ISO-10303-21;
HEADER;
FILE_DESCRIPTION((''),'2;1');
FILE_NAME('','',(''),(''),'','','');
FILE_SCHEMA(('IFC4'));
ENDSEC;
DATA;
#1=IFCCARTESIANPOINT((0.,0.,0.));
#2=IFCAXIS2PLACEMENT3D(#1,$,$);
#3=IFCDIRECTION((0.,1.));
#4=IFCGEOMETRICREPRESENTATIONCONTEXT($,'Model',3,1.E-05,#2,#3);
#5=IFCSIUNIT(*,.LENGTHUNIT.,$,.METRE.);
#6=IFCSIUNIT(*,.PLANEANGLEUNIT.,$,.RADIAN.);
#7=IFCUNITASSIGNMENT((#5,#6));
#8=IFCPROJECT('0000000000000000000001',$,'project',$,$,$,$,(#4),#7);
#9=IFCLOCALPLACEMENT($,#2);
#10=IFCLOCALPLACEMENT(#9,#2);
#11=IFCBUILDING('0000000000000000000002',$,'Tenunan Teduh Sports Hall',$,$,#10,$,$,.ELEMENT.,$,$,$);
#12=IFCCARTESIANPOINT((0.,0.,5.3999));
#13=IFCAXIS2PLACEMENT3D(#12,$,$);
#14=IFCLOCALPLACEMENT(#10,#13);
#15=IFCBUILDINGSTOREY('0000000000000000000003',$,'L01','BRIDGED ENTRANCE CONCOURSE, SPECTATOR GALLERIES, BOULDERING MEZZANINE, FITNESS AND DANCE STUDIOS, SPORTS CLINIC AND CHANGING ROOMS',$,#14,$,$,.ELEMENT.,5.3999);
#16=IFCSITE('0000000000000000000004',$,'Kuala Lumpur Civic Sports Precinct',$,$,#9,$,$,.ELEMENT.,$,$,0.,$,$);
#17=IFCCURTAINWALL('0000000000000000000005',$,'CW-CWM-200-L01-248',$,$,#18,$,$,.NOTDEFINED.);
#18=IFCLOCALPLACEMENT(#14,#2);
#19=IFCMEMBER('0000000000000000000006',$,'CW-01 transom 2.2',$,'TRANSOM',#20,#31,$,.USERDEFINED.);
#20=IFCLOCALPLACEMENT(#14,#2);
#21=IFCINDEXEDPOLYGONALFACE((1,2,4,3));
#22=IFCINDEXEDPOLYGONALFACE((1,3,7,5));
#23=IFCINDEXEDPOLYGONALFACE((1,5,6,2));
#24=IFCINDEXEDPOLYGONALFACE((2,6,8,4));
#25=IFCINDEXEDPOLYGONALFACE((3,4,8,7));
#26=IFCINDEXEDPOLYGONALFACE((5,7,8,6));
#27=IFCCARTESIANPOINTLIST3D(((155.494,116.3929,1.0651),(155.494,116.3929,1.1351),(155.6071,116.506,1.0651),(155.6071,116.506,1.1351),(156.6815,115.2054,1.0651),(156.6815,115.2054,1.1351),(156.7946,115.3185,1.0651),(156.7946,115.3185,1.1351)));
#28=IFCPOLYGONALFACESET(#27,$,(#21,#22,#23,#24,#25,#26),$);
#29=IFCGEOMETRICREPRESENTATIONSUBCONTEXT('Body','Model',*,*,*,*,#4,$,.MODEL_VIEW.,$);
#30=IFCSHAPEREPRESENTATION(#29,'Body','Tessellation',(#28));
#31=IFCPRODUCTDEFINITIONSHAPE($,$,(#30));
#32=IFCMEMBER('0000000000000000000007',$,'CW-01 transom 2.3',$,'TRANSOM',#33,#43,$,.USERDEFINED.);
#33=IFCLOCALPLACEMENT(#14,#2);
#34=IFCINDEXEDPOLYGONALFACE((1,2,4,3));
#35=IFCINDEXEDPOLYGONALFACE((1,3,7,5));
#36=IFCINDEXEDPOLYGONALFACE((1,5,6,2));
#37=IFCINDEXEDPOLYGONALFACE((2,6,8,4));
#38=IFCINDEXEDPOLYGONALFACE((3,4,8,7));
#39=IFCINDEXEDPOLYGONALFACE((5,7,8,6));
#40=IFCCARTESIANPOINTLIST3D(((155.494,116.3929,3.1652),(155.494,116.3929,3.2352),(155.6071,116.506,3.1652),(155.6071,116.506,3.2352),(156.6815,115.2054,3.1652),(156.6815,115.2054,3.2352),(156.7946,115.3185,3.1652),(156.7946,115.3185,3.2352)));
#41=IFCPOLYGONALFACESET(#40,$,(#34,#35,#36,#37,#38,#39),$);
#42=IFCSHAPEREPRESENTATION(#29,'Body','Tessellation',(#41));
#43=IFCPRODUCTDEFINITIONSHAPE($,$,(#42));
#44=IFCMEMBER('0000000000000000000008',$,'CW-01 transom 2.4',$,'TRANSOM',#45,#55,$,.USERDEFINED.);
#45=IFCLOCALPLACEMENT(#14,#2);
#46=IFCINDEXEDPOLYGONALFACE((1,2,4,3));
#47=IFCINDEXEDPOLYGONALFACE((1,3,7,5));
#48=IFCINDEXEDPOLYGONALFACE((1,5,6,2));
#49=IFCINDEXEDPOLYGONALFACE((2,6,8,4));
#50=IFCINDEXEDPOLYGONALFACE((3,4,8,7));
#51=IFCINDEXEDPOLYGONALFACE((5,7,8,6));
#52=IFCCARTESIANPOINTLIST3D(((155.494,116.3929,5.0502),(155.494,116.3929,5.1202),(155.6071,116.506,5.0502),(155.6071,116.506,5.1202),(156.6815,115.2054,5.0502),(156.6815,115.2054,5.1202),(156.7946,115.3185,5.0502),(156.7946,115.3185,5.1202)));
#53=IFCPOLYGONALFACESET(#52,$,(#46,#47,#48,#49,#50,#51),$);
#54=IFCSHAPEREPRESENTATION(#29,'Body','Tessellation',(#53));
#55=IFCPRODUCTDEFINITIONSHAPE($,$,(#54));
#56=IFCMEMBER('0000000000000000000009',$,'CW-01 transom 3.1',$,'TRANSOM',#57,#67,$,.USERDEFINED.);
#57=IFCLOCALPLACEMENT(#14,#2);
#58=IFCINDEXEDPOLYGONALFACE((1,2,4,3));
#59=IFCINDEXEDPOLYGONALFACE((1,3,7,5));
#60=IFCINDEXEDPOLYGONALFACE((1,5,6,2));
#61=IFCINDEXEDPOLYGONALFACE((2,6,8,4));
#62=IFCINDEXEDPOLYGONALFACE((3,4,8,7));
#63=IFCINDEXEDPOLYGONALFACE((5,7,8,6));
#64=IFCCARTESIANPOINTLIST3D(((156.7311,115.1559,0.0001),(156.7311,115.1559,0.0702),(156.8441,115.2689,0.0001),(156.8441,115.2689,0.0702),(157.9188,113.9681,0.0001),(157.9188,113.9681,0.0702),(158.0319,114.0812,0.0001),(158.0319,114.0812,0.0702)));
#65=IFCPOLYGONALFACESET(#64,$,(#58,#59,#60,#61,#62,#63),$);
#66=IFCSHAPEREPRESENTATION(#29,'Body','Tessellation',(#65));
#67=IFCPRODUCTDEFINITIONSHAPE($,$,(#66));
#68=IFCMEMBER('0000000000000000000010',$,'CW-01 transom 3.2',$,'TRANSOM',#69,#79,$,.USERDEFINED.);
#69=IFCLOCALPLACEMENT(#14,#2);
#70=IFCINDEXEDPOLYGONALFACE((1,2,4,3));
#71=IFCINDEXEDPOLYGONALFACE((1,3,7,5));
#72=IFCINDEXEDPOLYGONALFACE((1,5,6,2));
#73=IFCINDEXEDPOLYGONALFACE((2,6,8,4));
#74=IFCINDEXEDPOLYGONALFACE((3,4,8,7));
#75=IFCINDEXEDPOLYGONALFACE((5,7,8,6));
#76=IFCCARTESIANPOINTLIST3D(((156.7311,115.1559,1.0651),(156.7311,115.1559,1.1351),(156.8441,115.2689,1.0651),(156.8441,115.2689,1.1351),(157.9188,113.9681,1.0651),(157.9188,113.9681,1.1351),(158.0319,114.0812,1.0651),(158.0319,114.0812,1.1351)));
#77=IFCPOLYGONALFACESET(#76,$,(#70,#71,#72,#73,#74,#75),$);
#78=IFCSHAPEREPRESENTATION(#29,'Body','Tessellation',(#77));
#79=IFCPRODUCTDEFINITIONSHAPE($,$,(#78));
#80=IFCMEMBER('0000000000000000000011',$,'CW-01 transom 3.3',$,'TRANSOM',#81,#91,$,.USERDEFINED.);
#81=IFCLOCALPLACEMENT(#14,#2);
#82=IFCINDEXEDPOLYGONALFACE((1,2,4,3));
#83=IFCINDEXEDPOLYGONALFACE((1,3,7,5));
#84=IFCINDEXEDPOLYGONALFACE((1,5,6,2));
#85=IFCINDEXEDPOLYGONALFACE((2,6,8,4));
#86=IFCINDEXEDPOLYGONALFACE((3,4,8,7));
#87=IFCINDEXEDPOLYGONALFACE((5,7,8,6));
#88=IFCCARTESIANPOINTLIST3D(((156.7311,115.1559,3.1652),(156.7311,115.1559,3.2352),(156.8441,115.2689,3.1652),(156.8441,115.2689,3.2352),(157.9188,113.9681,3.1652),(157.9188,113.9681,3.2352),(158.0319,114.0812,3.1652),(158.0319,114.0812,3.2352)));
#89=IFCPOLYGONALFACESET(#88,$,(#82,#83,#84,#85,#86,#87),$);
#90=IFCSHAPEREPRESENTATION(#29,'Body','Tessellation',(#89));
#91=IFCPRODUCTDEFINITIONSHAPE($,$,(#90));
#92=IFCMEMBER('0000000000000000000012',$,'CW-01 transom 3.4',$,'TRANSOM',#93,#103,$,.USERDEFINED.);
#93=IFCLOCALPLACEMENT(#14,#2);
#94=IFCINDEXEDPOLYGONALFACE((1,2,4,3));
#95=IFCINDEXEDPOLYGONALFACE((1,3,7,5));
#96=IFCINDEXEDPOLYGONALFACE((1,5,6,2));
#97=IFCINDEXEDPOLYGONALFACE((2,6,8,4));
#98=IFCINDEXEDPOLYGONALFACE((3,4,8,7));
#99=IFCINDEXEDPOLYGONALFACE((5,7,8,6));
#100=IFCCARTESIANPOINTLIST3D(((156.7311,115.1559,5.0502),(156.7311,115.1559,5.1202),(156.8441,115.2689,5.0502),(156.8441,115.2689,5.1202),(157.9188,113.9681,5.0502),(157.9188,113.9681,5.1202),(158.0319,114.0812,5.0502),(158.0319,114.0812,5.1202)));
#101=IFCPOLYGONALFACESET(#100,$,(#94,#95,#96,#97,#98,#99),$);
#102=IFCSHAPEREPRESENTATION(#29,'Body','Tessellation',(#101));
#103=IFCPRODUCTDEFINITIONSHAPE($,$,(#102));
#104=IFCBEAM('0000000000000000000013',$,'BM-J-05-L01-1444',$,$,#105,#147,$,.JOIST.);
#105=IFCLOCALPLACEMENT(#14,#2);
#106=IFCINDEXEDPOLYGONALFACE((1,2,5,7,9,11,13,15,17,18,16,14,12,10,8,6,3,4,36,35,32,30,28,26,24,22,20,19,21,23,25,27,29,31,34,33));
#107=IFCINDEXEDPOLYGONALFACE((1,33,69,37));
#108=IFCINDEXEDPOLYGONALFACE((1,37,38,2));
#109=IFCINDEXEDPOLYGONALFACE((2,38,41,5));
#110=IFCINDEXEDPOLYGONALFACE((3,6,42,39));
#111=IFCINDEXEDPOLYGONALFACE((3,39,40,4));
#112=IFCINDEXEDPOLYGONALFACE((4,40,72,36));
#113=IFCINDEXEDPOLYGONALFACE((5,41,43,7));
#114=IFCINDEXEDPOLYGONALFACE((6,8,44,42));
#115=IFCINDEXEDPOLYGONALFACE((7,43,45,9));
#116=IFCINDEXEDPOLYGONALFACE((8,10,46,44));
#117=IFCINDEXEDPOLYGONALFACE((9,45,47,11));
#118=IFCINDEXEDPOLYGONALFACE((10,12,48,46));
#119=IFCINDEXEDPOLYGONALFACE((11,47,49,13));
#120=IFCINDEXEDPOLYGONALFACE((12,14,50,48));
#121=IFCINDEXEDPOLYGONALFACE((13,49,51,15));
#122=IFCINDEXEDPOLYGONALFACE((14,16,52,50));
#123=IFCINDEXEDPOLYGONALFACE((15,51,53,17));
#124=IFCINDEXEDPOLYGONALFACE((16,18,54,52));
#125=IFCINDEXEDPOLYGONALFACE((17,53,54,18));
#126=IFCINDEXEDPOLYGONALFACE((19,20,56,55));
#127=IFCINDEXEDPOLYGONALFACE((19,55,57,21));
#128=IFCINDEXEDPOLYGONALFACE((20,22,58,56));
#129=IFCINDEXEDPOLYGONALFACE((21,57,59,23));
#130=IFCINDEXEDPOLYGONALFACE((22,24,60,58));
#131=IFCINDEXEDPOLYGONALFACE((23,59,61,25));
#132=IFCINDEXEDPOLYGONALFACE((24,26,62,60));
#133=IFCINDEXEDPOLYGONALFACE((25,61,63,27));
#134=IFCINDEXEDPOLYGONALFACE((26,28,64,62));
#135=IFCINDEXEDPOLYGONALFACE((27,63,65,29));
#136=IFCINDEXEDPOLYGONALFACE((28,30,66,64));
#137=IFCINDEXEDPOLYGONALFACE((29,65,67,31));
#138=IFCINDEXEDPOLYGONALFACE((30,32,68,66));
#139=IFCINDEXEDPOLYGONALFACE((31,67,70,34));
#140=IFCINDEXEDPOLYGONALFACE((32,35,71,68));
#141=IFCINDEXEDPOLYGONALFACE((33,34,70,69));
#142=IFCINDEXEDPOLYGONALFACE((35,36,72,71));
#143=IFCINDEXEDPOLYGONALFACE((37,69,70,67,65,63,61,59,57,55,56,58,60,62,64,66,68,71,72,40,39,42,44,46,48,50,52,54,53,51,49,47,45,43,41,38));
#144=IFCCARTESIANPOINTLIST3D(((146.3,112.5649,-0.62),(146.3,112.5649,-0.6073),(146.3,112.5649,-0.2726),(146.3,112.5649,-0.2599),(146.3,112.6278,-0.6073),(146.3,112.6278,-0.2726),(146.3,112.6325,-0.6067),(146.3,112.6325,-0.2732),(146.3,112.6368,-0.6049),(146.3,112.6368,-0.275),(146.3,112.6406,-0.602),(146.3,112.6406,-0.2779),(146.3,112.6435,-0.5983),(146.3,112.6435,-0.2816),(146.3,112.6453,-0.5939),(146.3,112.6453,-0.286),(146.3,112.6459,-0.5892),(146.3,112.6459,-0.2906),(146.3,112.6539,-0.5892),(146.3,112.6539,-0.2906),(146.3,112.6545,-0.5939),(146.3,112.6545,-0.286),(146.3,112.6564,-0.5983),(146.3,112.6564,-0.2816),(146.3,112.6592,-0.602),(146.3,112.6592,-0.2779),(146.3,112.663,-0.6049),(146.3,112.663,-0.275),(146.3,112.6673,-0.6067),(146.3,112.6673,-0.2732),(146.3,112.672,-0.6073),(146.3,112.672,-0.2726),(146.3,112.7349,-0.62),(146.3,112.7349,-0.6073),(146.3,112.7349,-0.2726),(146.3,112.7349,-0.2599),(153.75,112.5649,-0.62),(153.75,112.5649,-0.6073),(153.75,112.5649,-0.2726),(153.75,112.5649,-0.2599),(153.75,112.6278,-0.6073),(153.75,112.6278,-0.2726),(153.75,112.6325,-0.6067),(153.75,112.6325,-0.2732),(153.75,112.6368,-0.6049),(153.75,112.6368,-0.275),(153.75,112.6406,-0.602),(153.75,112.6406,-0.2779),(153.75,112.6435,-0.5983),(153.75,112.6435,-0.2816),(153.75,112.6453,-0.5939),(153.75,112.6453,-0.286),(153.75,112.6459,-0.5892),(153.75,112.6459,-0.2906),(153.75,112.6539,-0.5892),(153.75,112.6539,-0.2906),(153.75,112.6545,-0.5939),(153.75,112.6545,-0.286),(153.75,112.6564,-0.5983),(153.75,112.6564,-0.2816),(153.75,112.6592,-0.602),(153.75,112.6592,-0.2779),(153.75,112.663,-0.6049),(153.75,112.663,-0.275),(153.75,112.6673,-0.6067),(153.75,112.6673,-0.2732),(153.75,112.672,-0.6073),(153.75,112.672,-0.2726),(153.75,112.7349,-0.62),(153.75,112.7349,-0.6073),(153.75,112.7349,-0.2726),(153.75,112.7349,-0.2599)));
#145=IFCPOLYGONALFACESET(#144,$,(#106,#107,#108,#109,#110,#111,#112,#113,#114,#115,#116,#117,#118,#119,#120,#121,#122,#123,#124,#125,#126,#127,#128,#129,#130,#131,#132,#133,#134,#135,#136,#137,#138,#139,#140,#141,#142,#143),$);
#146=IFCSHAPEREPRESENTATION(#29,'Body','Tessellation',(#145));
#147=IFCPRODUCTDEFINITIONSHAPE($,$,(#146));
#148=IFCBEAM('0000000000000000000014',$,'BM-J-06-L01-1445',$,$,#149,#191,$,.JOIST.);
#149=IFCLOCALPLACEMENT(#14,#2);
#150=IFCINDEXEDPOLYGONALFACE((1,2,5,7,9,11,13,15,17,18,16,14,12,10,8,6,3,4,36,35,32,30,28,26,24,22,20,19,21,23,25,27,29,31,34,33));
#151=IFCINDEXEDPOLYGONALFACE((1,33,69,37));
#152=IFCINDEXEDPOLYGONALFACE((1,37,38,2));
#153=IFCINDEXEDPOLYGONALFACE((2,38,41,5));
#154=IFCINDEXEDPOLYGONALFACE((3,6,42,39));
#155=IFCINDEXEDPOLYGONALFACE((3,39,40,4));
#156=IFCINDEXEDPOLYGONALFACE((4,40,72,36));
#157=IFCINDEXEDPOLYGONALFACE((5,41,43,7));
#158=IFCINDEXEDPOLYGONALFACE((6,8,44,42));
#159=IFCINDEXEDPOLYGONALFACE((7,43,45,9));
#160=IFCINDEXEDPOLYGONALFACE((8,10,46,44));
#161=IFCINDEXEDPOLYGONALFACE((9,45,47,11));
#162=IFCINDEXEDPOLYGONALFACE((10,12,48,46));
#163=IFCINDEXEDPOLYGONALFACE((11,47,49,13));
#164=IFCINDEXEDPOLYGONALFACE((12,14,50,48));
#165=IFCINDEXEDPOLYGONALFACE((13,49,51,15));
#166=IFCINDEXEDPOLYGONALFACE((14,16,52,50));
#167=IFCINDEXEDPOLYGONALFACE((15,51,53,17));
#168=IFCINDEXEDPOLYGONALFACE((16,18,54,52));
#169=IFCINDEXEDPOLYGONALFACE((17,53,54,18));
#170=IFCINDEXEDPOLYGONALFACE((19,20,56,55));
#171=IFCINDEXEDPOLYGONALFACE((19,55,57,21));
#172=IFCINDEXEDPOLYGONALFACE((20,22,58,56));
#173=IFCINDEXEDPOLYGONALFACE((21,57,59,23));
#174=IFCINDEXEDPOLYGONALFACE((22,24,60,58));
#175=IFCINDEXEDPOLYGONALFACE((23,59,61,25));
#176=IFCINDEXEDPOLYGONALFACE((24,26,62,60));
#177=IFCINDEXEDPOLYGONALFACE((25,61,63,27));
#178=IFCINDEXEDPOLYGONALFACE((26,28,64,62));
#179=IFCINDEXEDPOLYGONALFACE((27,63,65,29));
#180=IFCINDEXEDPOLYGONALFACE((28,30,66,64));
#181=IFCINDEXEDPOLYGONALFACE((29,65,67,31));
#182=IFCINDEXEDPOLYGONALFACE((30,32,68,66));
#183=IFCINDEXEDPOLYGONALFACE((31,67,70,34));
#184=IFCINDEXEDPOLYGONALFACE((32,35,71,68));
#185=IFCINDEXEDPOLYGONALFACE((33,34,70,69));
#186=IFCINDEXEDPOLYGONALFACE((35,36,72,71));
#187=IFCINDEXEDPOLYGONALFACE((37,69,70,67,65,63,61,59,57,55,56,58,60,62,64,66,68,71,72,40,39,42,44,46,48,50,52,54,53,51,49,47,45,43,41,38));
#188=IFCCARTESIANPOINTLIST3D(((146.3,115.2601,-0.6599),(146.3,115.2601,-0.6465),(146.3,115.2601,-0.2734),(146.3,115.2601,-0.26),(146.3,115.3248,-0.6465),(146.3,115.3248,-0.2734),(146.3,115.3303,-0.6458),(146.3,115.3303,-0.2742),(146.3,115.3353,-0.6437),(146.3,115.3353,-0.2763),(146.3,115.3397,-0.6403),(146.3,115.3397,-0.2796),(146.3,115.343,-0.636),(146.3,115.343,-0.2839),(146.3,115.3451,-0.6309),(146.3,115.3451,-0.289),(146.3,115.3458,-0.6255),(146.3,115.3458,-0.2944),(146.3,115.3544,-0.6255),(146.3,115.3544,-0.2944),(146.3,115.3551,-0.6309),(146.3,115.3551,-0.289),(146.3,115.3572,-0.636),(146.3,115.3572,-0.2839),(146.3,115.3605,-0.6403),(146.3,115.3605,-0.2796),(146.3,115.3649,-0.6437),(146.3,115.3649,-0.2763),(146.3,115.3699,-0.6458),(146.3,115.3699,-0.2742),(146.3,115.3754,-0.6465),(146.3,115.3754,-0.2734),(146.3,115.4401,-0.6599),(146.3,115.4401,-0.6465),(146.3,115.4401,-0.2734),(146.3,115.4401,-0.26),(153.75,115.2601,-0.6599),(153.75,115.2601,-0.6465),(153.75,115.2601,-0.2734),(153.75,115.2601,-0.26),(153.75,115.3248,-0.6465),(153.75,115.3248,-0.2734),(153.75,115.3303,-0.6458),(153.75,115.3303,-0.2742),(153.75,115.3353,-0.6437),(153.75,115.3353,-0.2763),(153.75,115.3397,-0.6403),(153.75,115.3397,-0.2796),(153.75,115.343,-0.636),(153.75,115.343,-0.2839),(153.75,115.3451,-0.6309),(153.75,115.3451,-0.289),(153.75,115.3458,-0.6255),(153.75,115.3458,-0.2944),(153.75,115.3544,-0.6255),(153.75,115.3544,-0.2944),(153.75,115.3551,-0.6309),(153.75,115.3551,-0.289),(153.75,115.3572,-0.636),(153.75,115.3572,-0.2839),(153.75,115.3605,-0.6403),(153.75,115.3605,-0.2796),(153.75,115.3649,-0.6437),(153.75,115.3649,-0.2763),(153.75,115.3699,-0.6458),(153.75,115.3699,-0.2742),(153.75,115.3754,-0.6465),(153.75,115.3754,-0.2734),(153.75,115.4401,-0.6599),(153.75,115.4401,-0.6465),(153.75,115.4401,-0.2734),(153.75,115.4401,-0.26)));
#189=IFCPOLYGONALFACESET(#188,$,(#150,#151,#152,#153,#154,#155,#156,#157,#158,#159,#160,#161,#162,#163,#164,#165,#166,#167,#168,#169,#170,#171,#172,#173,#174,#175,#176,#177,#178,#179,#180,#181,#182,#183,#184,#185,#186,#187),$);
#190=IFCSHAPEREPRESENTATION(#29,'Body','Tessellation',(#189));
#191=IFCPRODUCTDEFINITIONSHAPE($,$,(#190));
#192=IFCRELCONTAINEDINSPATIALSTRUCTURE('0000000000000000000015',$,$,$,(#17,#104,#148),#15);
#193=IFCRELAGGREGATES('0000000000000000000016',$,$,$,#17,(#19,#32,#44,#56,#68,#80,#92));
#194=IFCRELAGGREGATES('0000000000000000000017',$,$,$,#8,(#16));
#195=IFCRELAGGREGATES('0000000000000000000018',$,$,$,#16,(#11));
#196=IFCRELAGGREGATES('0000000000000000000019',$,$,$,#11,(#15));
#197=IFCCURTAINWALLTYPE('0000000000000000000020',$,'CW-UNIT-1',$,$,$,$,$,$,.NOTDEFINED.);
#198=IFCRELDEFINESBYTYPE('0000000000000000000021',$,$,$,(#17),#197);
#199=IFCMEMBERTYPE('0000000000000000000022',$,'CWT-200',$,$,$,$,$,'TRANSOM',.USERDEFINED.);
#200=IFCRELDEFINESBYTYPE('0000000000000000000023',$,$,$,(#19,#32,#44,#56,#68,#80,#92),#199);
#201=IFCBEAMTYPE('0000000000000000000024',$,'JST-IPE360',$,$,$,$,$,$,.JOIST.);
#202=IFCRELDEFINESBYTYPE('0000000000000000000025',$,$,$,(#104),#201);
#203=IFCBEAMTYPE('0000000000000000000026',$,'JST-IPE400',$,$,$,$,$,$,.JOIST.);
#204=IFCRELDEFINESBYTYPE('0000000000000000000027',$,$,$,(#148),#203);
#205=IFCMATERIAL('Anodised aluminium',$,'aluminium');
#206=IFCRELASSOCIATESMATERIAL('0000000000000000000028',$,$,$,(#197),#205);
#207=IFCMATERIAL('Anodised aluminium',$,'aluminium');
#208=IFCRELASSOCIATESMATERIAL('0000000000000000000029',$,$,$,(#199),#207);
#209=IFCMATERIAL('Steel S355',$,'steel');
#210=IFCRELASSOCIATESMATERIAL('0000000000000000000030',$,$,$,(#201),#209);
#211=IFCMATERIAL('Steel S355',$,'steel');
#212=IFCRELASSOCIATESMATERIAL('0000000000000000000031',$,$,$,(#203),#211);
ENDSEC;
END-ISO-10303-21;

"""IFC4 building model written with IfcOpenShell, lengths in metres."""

from ifc_helpers import new_model, si_unit, direction, frame, origin, origin_2d, place, context, subcontext, project, spatial, rectangle, i_section, extrude, material, material_profile, profile_set, type_object, element, aggregate, save


model = new_model("IFC4")

# Units and contexts
model_context = context("Model", 3, precision=1e-05, world=origin(), true_north=direction((0.0, 1.0)))
body_context = subcontext(model_context, "Body", "Model", "MODEL_VIEW")
ifc_project = project(units=[si_unit("LENGTHUNIT", "METRE"), si_unit("PLANEANGLEUNIT", "RADIAN")], contexts=[model_context])

# Site, building, storey
site_placement = place(None, origin())
site = spatial("IfcSite", under=ifc_project, at=site_placement, Name="Kuala Lumpur Civic Sports Precinct", CompositionType="ELEMENT", RefElevation=0.0)
building_placement = place(site_placement, origin())
building = spatial("IfcBuilding", under=site, at=building_placement, Name="Tenunan Teduh Sports Hall", CompositionType="ELEMENT")
storey_placement = place(building_placement, frame((0.0, 0.0, 5.3999)))
storey = spatial("IfcBuildingStorey", under=building, at=storey_placement, Name="L01", Description="BRIDGED ENTRANCE CONCOURSE, SPECTATOR GALLERIES, BOULDERING MEZZANINE, FITNESS AND DANCE STUDIOS, SPORTS CLINIC AND CHANGING ROOMS", CompositionType="ELEMENT", Elevation=5.3999)

# Curtain wall, members
ifc_material_1 = material(Name="Anodised aluminium", Category="aluminium")
curtain_wall_type = type_object("IfcCurtainWallType", Name="CW-UNIT-1", PredefinedType="NOTDEFINED", material=ifc_material_1)
curtain_wall_placement = place(storey_placement, origin())
curtain_wall = element("IfcCurtainWall", 1, at=curtain_wall_placement, inside=storey, type_object=curtain_wall_type, Name="CW-CWM-200-L01-248", PredefinedType="NOTDEFINED")
ifc_material_2 = material(Name="Anodised aluminium", Category="aluminium")
ifc_material_profile_1 = material_profile(ifc_material_2, rectangle(XDim=0.0701, YDim=0.1599, at=origin_2d()), Name="CWT 70x160")
ifc_profile_set_1 = profile_set([ifc_material_profile_1], Name="Anodised aluminium")
member_type_1 = type_object("IfcMemberType", Name="CWT-200", ElementType="TRANSOM", PredefinedType="USERDEFINED", material=ifc_profile_set_1)
member_1_placement = place(storey_placement, frame((155.5505, 116.4495, 1.1001), z_axis=(0.707107, -0.707107, 0.0), x_axis=(0.0, 0.0, 1.0)))
member_1 = element("IfcMember", 2, at=member_1_placement, type_object=member_type_1, Name="CW-01 transom 2.2", ObjectType="TRANSOM", PredefinedType="USERDEFINED", context=body_context, shape_type="SweptSolid", body=[
    extrude(rectangle(XDim=0.0701, YDim=0.1599, at=origin_2d()), origin(), (0.0, 0.0, 1.0), 1.6794),
])
member_2_placement = place(storey_placement, frame((155.5505, 116.4495, 3.2002), z_axis=(0.707107, -0.707107, 0.0), x_axis=(0.0, 0.0, 1.0)))
member_2 = element("IfcMember", 3, at=member_2_placement, type_object=member_type_1, Name="CW-01 transom 2.3", ObjectType="TRANSOM", PredefinedType="USERDEFINED", context=body_context, shape_type="SweptSolid", body=[
    extrude(rectangle(XDim=0.0701, YDim=0.1599, at=origin_2d()), origin(), (0.0, 0.0, 1.0), 1.6794),
])
member_3_placement = place(storey_placement, frame((155.5505, 116.4495, 5.0852), z_axis=(0.707107, -0.707107, 0.0), x_axis=(0.0, 0.0, 1.0)))
member_3 = element("IfcMember", 4, at=member_3_placement, type_object=member_type_1, Name="CW-01 transom 2.4", ObjectType="TRANSOM", PredefinedType="USERDEFINED", context=body_context, shape_type="SweptSolid", body=[
    extrude(rectangle(XDim=0.0701, YDim=0.1599, at=origin_2d()), origin(), (0.0, 0.0, 1.0), 1.6794),
])
member_4_placement = place(storey_placement, frame((156.7876, 115.2124, 0.0352), z_axis=(0.707107, -0.707107, 0.0), x_axis=(0.0, 0.0, 1.0)))
member_4 = element("IfcMember", 5, at=member_4_placement, type_object=member_type_1, Name="CW-01 transom 3.1", ObjectType="TRANSOM", PredefinedType="USERDEFINED", context=body_context, shape_type="SweptSolid", body=[
    extrude(rectangle(XDim=0.0701, YDim=0.1599, at=origin_2d()), origin(), (0.0, 0.0, 1.0), 1.6797),
])
member_5_placement = place(storey_placement, frame((156.7876, 115.2124, 1.1001), z_axis=(0.707107, -0.707107, 0.0), x_axis=(0.0, 0.0, 1.0)))
member_5 = element("IfcMember", 6, at=member_5_placement, type_object=member_type_1, Name="CW-01 transom 3.2", ObjectType="TRANSOM", PredefinedType="USERDEFINED", context=body_context, shape_type="SweptSolid", body=[
    extrude(rectangle(XDim=0.0701, YDim=0.1599, at=origin_2d()), origin(), (0.0, 0.0, 1.0), 1.6797),
])
member_6_placement = place(storey_placement, frame((156.7876, 115.2124, 3.2002), z_axis=(0.707107, -0.707107, 0.0), x_axis=(0.0, 0.0, 1.0)))
member_6 = element("IfcMember", 7, at=member_6_placement, type_object=member_type_1, Name="CW-01 transom 3.3", ObjectType="TRANSOM", PredefinedType="USERDEFINED", context=body_context, shape_type="SweptSolid", body=[
    extrude(rectangle(XDim=0.0701, YDim=0.1599, at=origin_2d()), origin(), (0.0, 0.0, 1.0), 1.6797),
])
member_7_placement = place(storey_placement, frame((156.7876, 115.2124, 5.0852), z_axis=(0.707107, -0.707107, 0.0), x_axis=(0.0, 0.0, 1.0)))
member_7 = element("IfcMember", 8, at=member_7_placement, type_object=member_type_1, Name="CW-01 transom 3.4", ObjectType="TRANSOM", PredefinedType="USERDEFINED", context=body_context, shape_type="SweptSolid", body=[
    extrude(rectangle(XDim=0.0701, YDim=0.1599, at=origin_2d()), origin(), (0.0, 0.0, 1.0), 1.6797),
])

# Beams
ifc_material_3 = material(Name="Steel S355", Category="steel")
ifc_material_profile_2 = material_profile(ifc_material_3, i_section(OverallWidth=0.1699, OverallDepth=0.3601, WebThickness=0.0081, FlangeThickness=0.0127, FilletRadius=0.0181, at=origin_2d()), Name="IPE 360")
ifc_profile_set_2 = profile_set([ifc_material_profile_2], Name="Steel S355")
beam_type_1 = type_object("IfcBeamType", Name="JST-IPE360", PredefinedType="JOIST", material=ifc_profile_set_2)
beam_1_placement = place(storey_placement, frame((146.3, 112.6499, -0.4399), z_axis=(1.0, 0.0, 0.0), x_axis=(0.0, 1.0, 0.0)))
element("IfcBeam", 9, at=beam_1_placement, inside=storey, type_object=beam_type_1, Name="BM-J-05-L01-1444", PredefinedType="JOIST", context=body_context, shape_type="SweptSolid", body=[
    extrude(i_section(OverallWidth=0.1699, OverallDepth=0.3601, WebThickness=0.0081, FlangeThickness=0.0127, FilletRadius=0.0181, at=origin_2d()), origin(), (0.0, 0.0, 1.0), 7.45),
])
ifc_material_4 = material(Name="Steel S355", Category="steel")
ifc_material_profile_3 = material_profile(ifc_material_4, i_section(OverallWidth=0.1799, OverallDepth=0.3999, WebThickness=0.0085, FlangeThickness=0.0134, FilletRadius=0.021, at=origin_2d()), Name="IPE 400")
ifc_profile_set_3 = profile_set([ifc_material_profile_3], Name="Steel S355")
beam_type_2 = type_object("IfcBeamType", Name="JST-IPE400", PredefinedType="JOIST", material=ifc_profile_set_3)
beam_2_placement = place(storey_placement, frame((146.3, 115.3501, -0.46), z_axis=(1.0, 0.0, 0.0), x_axis=(0.0, 1.0, 0.0)))
element("IfcBeam", 10, at=beam_2_placement, inside=storey, type_object=beam_type_2, Name="BM-J-06-L01-1445", PredefinedType="JOIST", context=body_context, shape_type="SweptSolid", body=[
    extrude(i_section(OverallWidth=0.1799, OverallDepth=0.3999, WebThickness=0.0085, FlangeThickness=0.0134, FilletRadius=0.021, at=origin_2d()), origin(), (0.0, 0.0, 1.0), 7.45),
])

aggregate(curtain_wall, [member_1, member_2, member_3, member_4, member_5, member_6, member_7])

save(model, "model.ifc")
